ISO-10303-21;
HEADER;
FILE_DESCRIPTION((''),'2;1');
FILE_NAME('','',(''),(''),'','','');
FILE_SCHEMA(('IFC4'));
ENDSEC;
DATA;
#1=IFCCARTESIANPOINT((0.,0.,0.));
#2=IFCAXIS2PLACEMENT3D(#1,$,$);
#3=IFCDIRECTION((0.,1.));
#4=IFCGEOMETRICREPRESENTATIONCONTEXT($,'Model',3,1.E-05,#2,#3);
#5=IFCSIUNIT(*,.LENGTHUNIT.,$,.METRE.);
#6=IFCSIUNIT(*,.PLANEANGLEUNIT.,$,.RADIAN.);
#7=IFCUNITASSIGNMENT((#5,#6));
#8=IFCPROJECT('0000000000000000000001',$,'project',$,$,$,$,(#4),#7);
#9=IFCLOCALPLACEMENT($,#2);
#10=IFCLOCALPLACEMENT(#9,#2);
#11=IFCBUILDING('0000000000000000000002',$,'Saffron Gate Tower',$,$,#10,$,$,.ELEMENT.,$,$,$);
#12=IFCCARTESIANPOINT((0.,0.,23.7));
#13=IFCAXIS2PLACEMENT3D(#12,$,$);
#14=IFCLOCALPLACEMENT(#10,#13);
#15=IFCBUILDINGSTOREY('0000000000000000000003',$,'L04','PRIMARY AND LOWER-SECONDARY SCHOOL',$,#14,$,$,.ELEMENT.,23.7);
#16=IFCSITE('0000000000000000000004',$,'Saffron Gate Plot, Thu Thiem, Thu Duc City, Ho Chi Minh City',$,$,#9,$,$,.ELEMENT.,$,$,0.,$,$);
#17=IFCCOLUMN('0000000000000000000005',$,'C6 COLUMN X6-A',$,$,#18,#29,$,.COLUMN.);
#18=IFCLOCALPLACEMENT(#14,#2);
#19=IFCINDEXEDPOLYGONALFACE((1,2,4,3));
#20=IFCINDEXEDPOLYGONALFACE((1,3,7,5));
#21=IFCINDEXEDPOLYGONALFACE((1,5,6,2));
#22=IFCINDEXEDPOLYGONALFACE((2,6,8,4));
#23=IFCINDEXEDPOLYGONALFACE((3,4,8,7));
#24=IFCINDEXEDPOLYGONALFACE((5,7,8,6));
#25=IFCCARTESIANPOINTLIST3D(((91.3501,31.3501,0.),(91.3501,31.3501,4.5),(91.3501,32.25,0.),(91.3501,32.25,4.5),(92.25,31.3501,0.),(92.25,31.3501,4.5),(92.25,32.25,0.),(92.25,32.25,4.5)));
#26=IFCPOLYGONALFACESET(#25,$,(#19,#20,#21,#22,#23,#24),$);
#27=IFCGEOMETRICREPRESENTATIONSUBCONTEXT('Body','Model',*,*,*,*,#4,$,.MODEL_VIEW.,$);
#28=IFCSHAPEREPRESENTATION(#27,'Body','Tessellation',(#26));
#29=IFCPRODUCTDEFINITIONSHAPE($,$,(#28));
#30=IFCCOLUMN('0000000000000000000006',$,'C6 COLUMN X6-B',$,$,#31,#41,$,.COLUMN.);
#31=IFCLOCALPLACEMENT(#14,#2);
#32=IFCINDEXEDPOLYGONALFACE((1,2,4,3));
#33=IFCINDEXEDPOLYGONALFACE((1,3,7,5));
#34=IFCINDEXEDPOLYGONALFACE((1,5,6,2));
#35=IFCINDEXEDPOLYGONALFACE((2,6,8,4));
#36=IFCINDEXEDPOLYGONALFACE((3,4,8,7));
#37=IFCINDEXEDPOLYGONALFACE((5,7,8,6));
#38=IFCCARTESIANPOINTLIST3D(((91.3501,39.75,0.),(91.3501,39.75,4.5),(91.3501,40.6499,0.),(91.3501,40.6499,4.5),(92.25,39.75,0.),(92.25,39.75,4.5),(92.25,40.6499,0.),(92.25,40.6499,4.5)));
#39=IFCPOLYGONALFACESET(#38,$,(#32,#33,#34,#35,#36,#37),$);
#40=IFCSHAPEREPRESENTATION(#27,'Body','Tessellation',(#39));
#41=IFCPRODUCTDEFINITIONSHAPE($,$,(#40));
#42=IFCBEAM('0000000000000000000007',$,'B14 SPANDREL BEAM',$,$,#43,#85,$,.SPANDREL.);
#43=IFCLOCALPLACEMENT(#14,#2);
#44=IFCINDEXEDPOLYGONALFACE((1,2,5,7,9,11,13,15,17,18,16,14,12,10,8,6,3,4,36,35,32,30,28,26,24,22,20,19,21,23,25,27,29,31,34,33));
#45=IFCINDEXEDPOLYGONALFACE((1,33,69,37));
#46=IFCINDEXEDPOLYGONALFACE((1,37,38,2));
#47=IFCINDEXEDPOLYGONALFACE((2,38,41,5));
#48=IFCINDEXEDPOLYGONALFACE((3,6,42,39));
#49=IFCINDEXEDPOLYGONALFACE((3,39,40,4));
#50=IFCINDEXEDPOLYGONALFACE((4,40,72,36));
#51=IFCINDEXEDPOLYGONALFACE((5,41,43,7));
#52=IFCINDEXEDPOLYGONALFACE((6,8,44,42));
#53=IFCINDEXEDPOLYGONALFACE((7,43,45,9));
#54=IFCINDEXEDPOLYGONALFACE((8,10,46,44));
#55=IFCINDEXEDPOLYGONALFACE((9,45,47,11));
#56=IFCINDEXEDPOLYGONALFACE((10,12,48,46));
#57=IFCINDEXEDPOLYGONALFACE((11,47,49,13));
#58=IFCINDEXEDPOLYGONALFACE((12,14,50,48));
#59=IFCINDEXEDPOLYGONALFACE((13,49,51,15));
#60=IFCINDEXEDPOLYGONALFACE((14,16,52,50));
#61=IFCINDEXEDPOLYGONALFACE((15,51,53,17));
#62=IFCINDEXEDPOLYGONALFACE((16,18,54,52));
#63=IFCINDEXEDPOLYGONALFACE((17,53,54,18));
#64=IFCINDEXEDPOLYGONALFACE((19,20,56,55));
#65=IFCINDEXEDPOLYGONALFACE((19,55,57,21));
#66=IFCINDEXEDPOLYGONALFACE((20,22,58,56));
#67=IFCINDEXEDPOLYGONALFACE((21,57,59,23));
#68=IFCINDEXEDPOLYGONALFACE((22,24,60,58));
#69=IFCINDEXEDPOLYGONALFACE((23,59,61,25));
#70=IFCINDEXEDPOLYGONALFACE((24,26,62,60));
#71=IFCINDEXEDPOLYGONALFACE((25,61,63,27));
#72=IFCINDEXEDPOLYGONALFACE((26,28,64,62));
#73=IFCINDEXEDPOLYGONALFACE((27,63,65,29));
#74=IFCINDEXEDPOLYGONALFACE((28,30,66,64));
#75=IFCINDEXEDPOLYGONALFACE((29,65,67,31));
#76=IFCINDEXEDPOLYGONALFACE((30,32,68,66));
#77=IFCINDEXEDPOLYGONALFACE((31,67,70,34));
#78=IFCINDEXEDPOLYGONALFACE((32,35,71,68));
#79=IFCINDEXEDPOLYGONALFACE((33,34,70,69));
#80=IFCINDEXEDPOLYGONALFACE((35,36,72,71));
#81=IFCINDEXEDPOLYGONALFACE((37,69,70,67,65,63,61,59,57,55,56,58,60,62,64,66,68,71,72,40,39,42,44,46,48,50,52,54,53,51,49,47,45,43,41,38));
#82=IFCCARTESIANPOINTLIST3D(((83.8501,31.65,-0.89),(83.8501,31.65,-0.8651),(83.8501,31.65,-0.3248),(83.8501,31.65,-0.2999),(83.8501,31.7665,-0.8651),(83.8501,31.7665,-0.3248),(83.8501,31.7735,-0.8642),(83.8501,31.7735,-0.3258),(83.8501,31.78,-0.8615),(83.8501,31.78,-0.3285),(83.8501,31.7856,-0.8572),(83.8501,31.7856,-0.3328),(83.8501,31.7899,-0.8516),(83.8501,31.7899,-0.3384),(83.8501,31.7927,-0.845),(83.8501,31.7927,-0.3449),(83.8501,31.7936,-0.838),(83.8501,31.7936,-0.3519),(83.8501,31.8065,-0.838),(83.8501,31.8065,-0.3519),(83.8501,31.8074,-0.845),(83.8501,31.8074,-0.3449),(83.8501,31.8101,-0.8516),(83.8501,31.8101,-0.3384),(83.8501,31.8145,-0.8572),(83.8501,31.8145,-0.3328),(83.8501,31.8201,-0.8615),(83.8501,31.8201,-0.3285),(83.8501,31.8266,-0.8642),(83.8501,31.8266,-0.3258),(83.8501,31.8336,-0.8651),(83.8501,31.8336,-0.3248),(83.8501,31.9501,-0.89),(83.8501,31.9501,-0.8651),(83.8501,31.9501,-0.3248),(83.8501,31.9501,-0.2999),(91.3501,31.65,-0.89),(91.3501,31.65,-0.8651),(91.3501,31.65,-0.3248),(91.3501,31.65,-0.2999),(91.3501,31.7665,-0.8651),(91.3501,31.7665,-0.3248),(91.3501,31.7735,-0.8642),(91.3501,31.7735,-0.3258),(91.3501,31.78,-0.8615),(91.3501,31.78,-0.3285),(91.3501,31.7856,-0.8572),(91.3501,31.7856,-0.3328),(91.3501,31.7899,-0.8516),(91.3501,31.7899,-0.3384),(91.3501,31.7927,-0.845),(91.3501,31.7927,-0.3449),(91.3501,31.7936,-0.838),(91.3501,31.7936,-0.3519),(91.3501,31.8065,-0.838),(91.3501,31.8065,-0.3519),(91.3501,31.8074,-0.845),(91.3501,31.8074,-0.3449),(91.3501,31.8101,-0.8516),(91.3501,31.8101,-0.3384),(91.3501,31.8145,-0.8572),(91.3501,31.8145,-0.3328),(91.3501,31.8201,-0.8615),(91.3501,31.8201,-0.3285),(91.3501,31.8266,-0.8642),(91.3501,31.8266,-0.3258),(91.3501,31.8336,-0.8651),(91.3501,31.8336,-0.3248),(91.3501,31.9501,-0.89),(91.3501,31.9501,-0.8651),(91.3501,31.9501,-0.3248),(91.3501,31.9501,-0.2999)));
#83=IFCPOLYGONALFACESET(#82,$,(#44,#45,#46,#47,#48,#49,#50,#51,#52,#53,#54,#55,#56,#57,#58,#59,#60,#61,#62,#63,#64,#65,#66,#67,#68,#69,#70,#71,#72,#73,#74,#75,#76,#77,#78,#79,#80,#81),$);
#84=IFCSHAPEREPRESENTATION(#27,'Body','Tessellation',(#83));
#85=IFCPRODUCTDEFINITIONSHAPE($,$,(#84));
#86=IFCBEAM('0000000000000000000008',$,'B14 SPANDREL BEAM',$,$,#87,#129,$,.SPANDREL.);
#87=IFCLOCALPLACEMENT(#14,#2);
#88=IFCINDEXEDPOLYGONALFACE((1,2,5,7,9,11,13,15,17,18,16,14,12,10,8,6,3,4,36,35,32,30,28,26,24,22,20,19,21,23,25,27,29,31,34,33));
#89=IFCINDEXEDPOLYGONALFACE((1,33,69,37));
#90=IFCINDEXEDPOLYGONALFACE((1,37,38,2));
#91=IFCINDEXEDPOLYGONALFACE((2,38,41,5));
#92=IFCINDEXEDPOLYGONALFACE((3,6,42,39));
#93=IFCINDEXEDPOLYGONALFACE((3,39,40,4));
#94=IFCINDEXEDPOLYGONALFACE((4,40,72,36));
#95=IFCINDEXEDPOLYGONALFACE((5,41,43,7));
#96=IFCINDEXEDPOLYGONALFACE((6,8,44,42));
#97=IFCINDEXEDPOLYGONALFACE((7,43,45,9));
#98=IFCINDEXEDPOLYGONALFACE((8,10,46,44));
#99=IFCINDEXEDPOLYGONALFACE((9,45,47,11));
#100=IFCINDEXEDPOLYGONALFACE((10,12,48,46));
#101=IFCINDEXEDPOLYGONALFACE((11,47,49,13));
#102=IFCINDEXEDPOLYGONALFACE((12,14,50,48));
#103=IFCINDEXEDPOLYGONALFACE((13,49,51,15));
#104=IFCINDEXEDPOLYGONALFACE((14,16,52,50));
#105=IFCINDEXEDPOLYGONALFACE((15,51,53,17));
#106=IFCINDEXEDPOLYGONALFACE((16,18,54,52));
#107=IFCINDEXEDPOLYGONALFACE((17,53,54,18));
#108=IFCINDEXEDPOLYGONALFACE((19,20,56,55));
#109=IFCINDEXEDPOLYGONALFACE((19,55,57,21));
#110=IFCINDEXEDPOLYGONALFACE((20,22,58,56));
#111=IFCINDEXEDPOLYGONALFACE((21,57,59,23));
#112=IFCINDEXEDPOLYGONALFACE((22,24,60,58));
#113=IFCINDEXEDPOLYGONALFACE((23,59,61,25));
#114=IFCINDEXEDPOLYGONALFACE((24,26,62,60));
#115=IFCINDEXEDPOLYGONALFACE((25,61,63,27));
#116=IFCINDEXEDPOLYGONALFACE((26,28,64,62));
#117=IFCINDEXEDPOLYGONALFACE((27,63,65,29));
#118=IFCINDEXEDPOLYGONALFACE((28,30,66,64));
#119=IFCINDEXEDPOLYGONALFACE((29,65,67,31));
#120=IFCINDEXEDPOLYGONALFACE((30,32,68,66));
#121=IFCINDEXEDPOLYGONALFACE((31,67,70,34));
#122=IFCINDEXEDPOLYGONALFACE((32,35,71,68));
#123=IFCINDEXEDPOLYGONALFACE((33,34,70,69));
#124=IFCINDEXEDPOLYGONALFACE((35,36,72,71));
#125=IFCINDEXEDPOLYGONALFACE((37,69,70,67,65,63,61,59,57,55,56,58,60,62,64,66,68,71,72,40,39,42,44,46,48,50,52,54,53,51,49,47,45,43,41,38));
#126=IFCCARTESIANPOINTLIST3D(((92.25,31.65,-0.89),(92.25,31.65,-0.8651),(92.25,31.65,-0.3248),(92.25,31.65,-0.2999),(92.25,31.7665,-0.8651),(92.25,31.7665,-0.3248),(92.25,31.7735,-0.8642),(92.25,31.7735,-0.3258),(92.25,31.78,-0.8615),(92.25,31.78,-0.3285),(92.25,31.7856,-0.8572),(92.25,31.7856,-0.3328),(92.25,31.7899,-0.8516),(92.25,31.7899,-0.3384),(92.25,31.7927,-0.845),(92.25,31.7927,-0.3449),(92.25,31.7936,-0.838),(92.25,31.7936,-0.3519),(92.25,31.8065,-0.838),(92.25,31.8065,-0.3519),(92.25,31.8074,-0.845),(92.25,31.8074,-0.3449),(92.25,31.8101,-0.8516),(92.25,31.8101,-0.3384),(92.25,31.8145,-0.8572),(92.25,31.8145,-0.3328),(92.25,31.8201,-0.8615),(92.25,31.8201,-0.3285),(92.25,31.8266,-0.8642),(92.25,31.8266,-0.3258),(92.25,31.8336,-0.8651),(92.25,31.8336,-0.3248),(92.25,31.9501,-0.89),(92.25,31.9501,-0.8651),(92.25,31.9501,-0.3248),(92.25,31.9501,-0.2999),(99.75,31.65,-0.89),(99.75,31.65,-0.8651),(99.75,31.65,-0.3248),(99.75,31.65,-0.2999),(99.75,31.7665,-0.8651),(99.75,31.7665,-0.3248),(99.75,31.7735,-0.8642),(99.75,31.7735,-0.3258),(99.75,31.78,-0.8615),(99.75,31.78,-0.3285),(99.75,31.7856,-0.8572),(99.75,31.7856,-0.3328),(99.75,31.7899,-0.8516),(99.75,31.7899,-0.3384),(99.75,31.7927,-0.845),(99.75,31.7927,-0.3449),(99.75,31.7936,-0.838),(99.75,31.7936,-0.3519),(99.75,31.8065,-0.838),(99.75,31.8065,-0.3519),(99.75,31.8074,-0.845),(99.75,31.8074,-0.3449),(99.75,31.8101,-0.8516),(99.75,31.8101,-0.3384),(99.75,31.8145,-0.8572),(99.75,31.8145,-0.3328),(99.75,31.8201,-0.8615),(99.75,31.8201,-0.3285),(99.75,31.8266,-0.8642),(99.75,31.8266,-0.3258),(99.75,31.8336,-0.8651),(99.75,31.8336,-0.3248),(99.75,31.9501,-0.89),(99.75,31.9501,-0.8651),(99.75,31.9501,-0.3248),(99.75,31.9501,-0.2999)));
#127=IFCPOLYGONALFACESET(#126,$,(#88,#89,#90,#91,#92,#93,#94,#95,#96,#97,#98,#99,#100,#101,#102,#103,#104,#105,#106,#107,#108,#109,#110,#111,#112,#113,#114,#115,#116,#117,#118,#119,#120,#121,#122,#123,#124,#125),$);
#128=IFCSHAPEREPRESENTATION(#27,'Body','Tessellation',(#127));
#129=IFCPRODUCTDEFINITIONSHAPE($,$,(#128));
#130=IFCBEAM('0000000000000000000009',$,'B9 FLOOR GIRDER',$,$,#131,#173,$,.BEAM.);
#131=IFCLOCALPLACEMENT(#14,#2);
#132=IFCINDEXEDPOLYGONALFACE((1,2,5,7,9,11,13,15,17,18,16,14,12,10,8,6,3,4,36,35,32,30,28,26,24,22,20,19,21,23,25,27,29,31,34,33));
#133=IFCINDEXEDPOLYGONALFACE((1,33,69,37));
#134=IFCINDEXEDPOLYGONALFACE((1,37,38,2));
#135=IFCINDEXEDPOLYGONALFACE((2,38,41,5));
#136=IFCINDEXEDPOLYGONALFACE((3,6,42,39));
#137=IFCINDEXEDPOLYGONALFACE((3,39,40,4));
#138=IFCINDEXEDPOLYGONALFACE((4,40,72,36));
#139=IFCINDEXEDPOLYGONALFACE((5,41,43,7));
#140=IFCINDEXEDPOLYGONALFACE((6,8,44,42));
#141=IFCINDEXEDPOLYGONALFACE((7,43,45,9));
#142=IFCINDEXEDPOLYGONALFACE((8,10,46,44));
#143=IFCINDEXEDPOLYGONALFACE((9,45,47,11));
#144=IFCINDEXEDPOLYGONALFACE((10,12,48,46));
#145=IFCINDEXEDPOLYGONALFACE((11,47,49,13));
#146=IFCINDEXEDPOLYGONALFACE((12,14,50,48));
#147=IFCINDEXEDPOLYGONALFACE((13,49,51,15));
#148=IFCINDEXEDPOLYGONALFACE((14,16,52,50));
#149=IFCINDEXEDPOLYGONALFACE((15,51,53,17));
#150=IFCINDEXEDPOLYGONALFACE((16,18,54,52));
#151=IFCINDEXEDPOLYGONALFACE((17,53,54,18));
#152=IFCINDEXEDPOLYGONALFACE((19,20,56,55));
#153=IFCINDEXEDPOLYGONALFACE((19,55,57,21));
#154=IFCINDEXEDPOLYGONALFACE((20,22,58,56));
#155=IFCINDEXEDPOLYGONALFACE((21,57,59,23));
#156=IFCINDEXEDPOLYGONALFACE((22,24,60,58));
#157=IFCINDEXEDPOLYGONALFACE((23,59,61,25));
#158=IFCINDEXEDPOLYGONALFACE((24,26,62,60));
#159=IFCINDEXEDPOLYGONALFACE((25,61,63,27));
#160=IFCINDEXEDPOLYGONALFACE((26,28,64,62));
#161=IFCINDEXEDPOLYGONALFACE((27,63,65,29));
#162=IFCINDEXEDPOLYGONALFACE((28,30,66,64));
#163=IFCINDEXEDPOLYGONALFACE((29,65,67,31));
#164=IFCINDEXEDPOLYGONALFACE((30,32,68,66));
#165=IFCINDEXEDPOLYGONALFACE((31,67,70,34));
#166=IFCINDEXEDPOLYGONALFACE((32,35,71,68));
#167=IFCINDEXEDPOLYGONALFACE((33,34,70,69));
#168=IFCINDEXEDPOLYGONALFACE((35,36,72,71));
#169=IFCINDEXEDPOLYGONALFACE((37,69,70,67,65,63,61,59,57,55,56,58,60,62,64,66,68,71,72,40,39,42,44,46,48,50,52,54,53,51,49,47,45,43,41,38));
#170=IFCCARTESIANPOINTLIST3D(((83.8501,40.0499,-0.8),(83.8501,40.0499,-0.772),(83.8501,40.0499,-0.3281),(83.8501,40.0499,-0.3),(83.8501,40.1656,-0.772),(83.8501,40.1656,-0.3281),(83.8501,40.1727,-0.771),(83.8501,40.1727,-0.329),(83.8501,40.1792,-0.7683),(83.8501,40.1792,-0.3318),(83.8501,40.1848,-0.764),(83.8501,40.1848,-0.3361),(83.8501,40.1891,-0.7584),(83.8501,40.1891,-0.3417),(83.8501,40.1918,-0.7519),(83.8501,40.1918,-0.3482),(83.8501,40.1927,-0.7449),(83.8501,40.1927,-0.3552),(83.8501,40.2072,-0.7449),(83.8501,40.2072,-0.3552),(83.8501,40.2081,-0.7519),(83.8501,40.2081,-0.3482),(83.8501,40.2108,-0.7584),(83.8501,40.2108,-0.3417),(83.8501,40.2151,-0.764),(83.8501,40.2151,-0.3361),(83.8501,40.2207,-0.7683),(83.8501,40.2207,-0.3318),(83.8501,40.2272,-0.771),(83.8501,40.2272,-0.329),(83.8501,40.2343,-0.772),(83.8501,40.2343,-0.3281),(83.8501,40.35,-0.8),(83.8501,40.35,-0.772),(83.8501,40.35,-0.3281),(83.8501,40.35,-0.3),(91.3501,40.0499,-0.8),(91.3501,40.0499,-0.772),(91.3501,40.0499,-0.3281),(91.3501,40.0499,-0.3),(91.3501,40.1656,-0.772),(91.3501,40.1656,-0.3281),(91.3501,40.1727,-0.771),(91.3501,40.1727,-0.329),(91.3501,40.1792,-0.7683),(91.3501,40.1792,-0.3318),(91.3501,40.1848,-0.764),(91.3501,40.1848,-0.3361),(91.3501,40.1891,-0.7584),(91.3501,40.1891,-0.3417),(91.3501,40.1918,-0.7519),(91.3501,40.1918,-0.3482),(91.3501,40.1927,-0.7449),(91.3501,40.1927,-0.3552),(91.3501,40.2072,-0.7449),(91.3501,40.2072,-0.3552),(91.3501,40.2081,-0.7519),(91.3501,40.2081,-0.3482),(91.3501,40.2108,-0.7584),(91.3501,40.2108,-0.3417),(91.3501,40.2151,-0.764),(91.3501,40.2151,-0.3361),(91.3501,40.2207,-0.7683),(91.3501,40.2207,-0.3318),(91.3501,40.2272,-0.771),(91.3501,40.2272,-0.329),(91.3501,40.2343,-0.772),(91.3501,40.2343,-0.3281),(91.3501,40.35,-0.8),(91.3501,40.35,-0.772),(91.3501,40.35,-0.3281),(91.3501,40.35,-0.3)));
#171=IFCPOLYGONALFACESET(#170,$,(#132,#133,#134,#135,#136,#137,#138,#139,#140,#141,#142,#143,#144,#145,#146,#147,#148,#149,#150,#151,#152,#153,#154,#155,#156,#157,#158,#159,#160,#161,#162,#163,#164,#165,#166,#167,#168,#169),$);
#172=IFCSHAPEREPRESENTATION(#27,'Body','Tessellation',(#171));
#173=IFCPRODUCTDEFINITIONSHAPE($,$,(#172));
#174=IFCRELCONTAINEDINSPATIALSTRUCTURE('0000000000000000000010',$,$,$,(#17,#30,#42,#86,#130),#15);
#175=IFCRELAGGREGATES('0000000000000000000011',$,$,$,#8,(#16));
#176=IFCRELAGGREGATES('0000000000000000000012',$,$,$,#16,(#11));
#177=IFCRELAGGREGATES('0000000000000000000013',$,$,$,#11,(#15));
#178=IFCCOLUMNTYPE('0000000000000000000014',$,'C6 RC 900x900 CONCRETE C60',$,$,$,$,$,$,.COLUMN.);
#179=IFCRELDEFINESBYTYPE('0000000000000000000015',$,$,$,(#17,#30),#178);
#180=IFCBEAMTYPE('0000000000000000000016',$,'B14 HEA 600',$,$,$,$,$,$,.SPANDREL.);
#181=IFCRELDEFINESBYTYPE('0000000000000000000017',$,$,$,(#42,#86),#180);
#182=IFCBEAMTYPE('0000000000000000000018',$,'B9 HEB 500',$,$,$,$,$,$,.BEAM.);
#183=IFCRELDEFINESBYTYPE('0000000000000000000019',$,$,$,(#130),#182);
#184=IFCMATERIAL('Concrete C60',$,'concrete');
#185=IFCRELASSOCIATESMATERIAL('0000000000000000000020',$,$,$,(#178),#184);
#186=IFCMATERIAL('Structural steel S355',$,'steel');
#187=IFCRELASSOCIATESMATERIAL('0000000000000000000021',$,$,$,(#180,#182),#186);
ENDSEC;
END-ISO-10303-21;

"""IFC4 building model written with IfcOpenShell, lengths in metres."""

from ifc_helpers import new_model, si_unit, direction, frame, origin, origin_2d, place, context, subcontext, project, spatial, rectangle, i_section, extrude, material, material_profile, profile_set, type_object, element, save


model = new_model("IFC4")

# Units and contexts
model_context = context("Model", 3, precision=1e-05, world=origin(), true_north=direction((0.0, 1.0)))
body_context = subcontext(model_context, "Body", "Model", "MODEL_VIEW")
ifc_project = project(units=[si_unit("LENGTHUNIT", "METRE"), si_unit("PLANEANGLEUNIT", "RADIAN")], contexts=[model_context])

# Site, building, storey
site_placement = place(None, origin())
site = spatial("IfcSite", under=ifc_project, at=site_placement, Name="Saffron Gate Plot, Thu Thiem, Thu Duc City, Ho Chi Minh City", CompositionType="ELEMENT", RefElevation=0.0)
building_placement = place(site_placement, origin())
building = spatial("IfcBuilding", under=site, at=building_placement, Name="Saffron Gate Tower", CompositionType="ELEMENT")
storey_placement = place(building_placement, frame((0.0, 0.0, 23.7)))
storey = spatial("IfcBuildingStorey", under=building, at=storey_placement, Name="L04", Description="PRIMARY AND LOWER-SECONDARY SCHOOL", CompositionType="ELEMENT", Elevation=23.7)

# Columns
ifc_material_1 = material(Name="Concrete C60", Category="concrete")
ifc_material_profile_1 = material_profile(ifc_material_1, rectangle(XDim=0.8999, YDim=0.8999, at=origin_2d()))
ifc_profile_set_1 = profile_set([ifc_material_profile_1], Name="Concrete C60")
column_type = type_object("IfcColumnType", Name="C6 RC 900x900 CONCRETE C60", PredefinedType="COLUMN", material=ifc_profile_set_1)
for number, where, z_axis, x_axis, name in (
    (1, (91.8, 31.8, 0.0), (0.0, 0.0, 1.0), (1.0, 0.0, 0.0), "C6 COLUMN X6-A"),
    (2, (91.8, 40.2, 0.0), (0.0, 0.0, 1.0), (1.0, 0.0, 0.0), "C6 COLUMN X6-B"),
):
    element("IfcColumn", number, at=place(storey_placement, frame(where, z_axis=z_axis, x_axis=x_axis)), inside=storey, type_object=column_type, Name=name, PredefinedType="COLUMN", context=body_context, shape_type="SweptSolid", body=[
        extrude(rectangle(XDim=0.8999, YDim=0.8999, at=origin_2d()), origin(), (0.0, 0.0, 1.0), 4.5),
    ])

# Beams
ifc_material_2 = material(Name="Structural steel S355", Category="steel")
ifc_material_profile_2 = material_profile(ifc_material_2, i_section(OverallWidth=0.3, OverallDepth=0.5901, WebThickness=0.0129, FlangeThickness=0.0249, FilletRadius=0.0271, at=origin_2d()))
ifc_profile_set_2 = profile_set([ifc_material_profile_2], Name="Structural steel S355")
beam_type_1 = type_object("IfcBeamType", Name="B14 HEA 600", PredefinedType="SPANDREL", material=ifc_profile_set_2)
for number, where, z_axis, x_axis, name in (
    (3, (83.8501, 31.8, -0.595), (1.0, 0.0, 0.0), (0.0, 1.0, 0.0), "B14 SPANDREL BEAM"),
    (4, (92.25, 31.8, -0.595), (1.0, 0.0, 0.0), (0.0, 1.0, 0.0), "B14 SPANDREL BEAM"),
):
    element("IfcBeam", number, at=place(storey_placement, frame(where, z_axis=z_axis, x_axis=x_axis)), inside=storey, type_object=beam_type_1, Name=name, PredefinedType="SPANDREL", context=body_context, shape_type="SweptSolid", body=[
        extrude(i_section(OverallWidth=0.3, OverallDepth=0.5901, WebThickness=0.0129, FlangeThickness=0.0249, FilletRadius=0.0271, at=origin_2d()), origin(), (0.0, 0.0, 1.0), 7.5),
    ])
ifc_material_profile_3 = material_profile(ifc_material_2, i_section(OverallWidth=0.3, OverallDepth=0.5, WebThickness=0.0144, FlangeThickness=0.0281, FilletRadius=0.0271, at=origin_2d()))
ifc_profile_set_3 = profile_set([ifc_material_profile_3], Name="Structural steel S355")
beam_type_2 = type_object("IfcBeamType", Name="B9 HEB 500", PredefinedType="BEAM", material=ifc_profile_set_3)
for number, where, z_axis, x_axis, name in (
    (5, (83.8501, 40.2, -0.55), (1.0, 0.0, 0.0), (0.0, 1.0, 0.0), "B9 FLOOR GIRDER"),
):
    element("IfcBeam", number, at=place(storey_placement, frame(where, z_axis=z_axis, x_axis=x_axis)), inside=storey, type_object=beam_type_2, Name=name, PredefinedType="BEAM", context=body_context, shape_type="SweptSolid", body=[
        extrude(i_section(OverallWidth=0.3, OverallDepth=0.5, WebThickness=0.0144, FlangeThickness=0.0281, FilletRadius=0.0271, at=origin_2d()), origin(), (0.0, 0.0, 1.0), 7.5),
    ])

save(model, "model.ifc")
